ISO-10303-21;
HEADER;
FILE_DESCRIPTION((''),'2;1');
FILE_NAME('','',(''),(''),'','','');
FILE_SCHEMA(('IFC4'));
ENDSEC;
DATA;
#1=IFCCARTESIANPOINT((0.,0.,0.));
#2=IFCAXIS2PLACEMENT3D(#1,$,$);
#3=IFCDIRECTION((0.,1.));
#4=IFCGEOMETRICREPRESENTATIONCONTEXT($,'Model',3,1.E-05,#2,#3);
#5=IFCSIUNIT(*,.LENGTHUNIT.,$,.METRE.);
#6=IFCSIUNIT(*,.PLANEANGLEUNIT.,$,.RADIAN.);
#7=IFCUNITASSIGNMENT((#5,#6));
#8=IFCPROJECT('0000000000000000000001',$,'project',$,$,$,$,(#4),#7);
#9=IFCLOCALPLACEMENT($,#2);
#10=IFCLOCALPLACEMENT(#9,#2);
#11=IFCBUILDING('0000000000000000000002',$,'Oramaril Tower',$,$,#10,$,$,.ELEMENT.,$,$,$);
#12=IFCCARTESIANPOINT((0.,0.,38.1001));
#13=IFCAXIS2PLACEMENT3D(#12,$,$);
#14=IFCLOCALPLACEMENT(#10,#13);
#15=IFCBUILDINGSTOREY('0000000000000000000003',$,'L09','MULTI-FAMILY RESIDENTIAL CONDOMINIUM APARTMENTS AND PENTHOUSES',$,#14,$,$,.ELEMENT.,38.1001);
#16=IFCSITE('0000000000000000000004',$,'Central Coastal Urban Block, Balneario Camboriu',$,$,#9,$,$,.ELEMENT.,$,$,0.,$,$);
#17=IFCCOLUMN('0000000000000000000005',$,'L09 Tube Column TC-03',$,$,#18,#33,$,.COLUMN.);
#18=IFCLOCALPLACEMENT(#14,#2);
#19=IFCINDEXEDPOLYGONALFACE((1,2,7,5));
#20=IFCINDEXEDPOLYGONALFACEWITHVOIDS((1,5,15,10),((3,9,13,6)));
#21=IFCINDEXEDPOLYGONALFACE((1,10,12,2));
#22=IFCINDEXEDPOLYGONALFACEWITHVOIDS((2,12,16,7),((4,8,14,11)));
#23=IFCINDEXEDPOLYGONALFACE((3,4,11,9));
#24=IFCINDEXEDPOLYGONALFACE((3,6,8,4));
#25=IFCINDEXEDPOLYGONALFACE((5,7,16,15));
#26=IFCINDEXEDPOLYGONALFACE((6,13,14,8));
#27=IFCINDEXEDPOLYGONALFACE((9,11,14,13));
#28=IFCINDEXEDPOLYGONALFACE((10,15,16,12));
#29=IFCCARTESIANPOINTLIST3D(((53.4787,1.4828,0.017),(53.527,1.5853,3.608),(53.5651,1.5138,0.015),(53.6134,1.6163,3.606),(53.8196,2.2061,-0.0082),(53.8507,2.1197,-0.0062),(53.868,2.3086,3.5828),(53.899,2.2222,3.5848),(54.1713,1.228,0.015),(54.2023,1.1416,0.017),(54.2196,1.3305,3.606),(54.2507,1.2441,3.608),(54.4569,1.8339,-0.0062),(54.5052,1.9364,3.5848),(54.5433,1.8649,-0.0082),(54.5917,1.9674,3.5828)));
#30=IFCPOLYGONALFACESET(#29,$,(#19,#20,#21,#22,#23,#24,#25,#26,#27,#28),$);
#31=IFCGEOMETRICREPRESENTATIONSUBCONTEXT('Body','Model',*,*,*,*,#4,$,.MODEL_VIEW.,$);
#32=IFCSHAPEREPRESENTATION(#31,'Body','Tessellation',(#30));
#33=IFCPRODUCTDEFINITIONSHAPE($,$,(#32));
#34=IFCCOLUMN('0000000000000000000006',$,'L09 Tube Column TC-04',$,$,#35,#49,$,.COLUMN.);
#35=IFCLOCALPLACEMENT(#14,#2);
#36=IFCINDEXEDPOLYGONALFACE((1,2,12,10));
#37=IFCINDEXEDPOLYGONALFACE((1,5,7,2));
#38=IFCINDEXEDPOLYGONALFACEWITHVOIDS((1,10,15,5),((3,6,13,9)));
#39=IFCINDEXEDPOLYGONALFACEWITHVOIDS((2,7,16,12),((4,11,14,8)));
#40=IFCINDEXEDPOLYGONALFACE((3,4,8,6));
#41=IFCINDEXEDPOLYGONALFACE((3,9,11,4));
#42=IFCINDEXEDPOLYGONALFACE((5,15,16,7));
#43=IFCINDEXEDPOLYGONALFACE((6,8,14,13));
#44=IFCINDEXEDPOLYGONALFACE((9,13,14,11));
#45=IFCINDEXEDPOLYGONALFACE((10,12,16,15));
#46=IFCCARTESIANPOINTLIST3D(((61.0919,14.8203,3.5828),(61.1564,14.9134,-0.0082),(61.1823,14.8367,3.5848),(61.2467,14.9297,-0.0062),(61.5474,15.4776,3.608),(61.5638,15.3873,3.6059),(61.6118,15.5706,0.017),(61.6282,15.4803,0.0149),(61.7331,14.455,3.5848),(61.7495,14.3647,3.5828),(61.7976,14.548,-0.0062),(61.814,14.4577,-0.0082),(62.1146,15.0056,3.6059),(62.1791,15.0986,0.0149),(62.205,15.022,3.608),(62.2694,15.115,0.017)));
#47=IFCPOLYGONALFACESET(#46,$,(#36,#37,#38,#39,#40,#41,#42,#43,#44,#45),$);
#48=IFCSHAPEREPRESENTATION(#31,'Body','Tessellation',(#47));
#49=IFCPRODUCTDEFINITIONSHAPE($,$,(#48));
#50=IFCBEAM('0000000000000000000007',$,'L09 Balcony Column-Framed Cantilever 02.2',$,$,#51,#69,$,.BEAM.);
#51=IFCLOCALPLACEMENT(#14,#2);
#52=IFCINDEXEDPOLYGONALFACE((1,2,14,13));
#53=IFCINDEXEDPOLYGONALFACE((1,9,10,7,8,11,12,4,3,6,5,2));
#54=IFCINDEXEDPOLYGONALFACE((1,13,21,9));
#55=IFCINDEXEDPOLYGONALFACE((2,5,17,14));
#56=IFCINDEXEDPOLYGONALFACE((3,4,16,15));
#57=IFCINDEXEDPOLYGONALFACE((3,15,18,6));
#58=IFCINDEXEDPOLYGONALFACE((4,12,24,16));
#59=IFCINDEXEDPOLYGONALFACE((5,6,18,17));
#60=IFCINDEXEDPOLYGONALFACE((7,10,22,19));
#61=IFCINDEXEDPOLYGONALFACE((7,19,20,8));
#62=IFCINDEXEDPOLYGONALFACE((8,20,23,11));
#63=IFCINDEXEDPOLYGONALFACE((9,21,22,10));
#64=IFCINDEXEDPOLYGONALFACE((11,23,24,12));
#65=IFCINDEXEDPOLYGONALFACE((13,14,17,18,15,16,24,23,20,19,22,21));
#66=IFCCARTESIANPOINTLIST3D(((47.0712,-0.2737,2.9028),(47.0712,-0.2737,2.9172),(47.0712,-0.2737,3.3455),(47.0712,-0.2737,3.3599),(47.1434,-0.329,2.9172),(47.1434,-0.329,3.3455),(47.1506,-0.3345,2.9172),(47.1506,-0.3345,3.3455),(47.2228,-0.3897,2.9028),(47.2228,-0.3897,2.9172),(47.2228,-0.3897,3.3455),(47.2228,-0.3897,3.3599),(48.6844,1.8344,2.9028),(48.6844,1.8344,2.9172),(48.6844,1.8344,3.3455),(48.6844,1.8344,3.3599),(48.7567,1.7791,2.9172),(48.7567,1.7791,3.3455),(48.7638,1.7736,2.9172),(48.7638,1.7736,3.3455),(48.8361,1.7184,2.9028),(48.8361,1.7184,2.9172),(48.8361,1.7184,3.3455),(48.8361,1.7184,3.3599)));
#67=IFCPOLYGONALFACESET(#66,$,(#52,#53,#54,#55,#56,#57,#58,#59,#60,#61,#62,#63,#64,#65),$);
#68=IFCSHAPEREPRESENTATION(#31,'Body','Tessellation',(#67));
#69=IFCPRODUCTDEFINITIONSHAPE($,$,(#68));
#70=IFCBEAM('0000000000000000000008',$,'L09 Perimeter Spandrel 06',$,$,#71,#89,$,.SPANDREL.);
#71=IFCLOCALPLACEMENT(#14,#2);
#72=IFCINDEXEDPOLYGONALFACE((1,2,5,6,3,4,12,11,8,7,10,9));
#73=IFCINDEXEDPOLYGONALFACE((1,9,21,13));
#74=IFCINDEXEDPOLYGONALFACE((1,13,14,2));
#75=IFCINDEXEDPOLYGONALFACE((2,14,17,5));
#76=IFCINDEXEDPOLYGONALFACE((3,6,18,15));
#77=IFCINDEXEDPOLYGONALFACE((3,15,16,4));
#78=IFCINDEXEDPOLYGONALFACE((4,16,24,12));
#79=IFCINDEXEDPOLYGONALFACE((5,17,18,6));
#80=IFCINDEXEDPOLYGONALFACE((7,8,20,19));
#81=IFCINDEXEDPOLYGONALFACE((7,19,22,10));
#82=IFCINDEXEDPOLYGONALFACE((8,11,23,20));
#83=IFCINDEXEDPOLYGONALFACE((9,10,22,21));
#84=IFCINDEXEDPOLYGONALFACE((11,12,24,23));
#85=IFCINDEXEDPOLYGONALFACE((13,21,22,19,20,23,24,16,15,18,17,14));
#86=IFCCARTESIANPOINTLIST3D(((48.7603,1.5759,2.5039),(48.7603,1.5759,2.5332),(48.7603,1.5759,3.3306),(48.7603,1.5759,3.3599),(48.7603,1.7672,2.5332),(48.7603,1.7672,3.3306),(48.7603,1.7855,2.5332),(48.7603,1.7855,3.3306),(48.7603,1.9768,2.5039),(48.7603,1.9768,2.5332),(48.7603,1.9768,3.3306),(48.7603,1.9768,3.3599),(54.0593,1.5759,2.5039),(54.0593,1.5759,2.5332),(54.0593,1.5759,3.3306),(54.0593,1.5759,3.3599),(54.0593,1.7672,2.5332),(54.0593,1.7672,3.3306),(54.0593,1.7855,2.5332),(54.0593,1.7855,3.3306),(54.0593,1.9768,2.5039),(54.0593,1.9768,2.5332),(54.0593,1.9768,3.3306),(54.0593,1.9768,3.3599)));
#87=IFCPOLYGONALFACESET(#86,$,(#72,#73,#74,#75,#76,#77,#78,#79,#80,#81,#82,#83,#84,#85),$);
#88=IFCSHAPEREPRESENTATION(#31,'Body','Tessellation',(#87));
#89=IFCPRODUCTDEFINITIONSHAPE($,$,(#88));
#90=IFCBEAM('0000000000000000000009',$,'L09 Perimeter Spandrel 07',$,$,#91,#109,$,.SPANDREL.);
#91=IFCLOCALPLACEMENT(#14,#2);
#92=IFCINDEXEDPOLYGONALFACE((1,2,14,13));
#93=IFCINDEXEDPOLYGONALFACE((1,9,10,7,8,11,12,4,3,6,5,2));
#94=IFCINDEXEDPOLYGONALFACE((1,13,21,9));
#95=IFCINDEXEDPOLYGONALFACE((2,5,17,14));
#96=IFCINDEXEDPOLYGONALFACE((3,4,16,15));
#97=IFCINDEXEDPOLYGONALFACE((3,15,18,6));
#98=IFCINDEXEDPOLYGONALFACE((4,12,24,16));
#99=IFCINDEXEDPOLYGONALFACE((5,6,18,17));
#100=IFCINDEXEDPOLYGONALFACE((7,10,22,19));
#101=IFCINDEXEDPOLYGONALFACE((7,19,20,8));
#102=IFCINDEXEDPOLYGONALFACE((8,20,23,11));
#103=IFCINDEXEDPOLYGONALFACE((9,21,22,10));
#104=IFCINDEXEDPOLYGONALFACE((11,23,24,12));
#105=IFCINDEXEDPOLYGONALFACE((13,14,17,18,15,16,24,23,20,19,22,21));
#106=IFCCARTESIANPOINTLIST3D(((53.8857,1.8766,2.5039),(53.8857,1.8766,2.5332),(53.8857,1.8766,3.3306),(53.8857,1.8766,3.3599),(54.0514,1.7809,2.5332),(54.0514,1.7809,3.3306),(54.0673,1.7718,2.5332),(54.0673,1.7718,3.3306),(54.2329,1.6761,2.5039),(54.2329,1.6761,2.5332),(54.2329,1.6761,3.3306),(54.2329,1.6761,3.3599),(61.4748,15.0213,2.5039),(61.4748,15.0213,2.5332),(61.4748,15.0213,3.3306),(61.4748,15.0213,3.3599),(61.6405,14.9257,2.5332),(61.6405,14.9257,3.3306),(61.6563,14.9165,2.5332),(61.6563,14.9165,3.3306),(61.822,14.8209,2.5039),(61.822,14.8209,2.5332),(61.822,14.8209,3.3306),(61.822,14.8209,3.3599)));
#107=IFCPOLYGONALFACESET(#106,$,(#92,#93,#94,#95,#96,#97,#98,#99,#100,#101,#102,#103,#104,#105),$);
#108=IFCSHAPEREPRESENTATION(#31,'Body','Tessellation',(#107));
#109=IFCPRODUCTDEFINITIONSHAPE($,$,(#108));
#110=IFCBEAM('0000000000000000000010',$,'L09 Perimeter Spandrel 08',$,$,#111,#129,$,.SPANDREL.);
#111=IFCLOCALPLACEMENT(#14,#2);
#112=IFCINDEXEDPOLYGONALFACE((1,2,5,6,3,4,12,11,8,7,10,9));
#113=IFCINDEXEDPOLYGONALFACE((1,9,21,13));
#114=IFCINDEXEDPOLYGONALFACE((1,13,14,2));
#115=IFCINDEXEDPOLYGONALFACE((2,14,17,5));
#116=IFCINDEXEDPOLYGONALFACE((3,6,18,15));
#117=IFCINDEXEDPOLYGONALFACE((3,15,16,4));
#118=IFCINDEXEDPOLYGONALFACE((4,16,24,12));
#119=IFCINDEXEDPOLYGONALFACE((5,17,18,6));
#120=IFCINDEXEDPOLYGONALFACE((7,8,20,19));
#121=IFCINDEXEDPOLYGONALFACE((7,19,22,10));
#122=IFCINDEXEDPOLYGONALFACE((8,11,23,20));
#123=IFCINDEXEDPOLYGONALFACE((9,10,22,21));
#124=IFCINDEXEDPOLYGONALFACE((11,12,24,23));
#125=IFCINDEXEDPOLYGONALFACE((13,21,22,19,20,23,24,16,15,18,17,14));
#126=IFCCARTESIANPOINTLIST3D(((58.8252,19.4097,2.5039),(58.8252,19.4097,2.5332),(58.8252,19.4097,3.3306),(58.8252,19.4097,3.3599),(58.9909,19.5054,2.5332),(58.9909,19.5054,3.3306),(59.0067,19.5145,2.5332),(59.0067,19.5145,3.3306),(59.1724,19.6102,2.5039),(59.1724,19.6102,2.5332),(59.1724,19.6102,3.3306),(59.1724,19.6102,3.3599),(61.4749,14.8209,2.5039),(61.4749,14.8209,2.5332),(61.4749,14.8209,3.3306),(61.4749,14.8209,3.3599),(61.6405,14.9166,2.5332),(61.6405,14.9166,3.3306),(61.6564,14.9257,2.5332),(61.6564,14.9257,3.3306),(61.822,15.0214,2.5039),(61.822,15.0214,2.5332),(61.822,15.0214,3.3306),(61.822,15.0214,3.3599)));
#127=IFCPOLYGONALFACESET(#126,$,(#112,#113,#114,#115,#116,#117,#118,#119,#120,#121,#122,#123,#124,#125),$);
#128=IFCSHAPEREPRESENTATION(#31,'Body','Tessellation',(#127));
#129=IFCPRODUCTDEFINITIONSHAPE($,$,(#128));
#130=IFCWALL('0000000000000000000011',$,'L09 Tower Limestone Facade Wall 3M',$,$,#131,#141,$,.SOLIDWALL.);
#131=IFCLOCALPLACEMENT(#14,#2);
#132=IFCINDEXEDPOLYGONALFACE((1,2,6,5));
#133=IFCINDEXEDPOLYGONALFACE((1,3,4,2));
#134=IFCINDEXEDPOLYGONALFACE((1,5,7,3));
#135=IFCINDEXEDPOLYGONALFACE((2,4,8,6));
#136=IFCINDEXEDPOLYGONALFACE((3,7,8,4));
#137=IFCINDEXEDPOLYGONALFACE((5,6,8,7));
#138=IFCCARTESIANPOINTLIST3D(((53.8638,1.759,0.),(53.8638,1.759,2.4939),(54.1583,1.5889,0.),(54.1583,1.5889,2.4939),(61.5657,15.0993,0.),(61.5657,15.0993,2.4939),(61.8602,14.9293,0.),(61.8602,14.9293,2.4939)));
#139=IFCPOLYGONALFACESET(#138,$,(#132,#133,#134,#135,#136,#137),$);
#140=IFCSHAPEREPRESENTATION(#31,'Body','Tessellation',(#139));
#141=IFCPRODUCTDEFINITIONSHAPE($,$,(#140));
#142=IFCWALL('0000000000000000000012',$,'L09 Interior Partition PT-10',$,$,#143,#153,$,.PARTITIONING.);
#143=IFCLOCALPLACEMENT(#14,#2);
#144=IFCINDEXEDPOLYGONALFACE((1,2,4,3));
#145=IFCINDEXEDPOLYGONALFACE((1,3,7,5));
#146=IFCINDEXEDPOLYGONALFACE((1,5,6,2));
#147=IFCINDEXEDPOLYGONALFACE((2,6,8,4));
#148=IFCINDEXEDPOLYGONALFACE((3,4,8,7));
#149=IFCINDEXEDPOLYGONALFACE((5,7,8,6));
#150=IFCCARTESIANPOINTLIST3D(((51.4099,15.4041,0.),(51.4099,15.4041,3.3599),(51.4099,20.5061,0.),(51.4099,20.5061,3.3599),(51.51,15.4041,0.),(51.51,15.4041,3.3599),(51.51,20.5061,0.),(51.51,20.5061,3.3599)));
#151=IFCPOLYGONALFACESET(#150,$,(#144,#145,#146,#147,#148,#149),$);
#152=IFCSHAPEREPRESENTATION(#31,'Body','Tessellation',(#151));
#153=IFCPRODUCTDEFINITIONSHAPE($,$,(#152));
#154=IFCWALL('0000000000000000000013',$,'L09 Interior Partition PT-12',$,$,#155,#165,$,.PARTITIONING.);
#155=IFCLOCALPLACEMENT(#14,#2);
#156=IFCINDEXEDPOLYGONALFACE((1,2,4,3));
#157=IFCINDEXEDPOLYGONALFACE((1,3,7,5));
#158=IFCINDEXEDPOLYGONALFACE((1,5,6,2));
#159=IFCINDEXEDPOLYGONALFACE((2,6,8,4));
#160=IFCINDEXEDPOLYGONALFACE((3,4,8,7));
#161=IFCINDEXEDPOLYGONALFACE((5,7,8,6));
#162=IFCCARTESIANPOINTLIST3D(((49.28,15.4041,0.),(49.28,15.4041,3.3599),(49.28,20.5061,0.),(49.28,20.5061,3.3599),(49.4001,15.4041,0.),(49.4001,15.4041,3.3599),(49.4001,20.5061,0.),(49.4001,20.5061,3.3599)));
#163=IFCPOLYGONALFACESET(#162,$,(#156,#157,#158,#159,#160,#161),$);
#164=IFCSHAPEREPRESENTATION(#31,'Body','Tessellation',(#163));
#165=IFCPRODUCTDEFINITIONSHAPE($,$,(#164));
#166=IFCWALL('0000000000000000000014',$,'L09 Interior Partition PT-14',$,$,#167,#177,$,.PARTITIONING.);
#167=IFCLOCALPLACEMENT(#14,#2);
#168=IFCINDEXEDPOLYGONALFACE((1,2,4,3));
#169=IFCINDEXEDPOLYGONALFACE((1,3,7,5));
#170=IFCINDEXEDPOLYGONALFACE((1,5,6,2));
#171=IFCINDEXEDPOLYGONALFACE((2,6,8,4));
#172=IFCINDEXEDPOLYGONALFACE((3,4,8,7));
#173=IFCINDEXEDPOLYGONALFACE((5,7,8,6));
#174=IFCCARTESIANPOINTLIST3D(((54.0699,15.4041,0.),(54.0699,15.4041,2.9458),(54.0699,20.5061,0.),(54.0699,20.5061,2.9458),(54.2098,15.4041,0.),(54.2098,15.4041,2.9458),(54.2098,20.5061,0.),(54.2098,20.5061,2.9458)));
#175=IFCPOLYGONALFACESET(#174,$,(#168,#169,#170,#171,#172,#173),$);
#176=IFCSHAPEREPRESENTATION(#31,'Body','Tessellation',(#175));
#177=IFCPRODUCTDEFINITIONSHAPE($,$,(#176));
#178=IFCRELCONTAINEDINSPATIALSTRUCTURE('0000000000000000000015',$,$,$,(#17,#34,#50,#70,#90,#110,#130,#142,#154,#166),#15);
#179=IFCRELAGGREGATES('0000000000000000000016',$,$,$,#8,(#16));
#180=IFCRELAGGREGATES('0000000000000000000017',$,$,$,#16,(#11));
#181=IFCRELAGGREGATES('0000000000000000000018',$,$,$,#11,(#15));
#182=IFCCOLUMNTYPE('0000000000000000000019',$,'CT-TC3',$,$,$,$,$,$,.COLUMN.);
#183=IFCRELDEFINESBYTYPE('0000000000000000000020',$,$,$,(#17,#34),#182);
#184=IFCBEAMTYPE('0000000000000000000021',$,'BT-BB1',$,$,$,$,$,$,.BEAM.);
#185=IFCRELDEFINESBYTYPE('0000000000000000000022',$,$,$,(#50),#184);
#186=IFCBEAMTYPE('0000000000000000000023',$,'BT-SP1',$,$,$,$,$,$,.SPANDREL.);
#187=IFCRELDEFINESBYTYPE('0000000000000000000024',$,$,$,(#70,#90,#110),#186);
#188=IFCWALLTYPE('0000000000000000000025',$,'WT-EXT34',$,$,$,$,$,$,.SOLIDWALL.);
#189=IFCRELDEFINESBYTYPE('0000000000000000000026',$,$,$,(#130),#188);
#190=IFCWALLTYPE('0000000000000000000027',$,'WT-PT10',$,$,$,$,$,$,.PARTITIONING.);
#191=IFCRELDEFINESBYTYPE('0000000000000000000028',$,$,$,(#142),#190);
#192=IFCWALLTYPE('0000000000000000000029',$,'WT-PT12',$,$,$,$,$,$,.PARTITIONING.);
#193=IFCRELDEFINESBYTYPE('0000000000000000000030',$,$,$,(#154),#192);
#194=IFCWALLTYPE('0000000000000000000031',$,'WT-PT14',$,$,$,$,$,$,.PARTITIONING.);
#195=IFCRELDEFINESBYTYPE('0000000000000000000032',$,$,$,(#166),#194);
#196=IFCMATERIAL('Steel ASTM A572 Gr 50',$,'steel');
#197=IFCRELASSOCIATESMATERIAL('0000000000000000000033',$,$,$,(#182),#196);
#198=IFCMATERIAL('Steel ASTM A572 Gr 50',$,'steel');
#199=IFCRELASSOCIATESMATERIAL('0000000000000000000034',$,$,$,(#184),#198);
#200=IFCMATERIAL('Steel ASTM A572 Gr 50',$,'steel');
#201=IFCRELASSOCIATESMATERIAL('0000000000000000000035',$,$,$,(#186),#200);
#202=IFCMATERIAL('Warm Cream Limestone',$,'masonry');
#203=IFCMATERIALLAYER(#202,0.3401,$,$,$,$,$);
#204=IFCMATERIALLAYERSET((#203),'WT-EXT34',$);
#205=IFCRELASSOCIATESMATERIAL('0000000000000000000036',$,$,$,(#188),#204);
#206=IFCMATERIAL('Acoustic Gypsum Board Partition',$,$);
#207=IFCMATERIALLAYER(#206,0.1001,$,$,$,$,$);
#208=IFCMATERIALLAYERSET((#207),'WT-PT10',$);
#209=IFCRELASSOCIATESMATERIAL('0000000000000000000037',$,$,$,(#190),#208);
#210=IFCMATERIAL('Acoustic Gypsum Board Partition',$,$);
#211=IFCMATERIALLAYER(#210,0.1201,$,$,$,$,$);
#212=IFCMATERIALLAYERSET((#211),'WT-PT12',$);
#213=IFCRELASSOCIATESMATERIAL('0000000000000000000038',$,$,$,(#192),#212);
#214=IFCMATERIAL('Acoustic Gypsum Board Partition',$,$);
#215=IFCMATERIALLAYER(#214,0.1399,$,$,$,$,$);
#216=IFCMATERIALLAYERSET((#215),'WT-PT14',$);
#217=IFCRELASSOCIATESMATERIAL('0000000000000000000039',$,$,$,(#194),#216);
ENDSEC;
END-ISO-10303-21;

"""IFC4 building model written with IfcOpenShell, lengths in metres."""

from ifc_helpers import new_model, si_unit, direction, frame, frame_2d, origin, origin_2d, place, context, subcontext, project, spatial, rectangle, hollow_rectangle, i_section, extrude, material, layer, layer_set, material_profile, profile_set, type_object, element, save


model = new_model("IFC4")

# Units and contexts
model_context = context("Model", 3, precision=1e-05, world=origin(), true_north=direction((0.0, 1.0)))
body_context = subcontext(model_context, "Body", "Model", "MODEL_VIEW")
ifc_project = project(units=[si_unit("LENGTHUNIT", "METRE"), si_unit("PLANEANGLEUNIT", "RADIAN")], contexts=[model_context])

# Site, building, storey
site_placement = place(None, origin())
site = spatial("IfcSite", under=ifc_project, at=site_placement, Name="Central Coastal Urban Block, Balneario Camboriu", CompositionType="ELEMENT", RefElevation=0.0)
building_placement = place(site_placement, origin())
building = spatial("IfcBuilding", under=site, at=building_placement, Name="Oramaril Tower", CompositionType="ELEMENT")
storey_placement = place(building_placement, frame((0.0, 0.0, 38.1001)))
storey = spatial("IfcBuildingStorey", under=building, at=storey_placement, Name="L09", Description="MULTI-FAMILY RESIDENTIAL CONDOMINIUM APARTMENTS AND PENTHOUSES", CompositionType="ELEMENT", Elevation=38.1001)

# Columns
ifc_material_1 = material(Name="Steel ASTM A572 Gr 50", Category="steel")
ifc_material_profile_1 = material_profile(ifc_material_1, hollow_rectangle(XDim=0.8, YDim=0.8, WallThickness=0.0649, at=origin_2d()), Name="BOX800X800X65")
ifc_profile_set_1 = profile_set([ifc_material_profile_1], Name="Steel ASTM A572 Gr 50")
column_type = type_object("IfcColumnType", Name="CT-TC3", PredefinedType="COLUMN", material=ifc_profile_set_1)
for number, where, z_axis, x_axis, name in (
    (1, (54.011, 1.6738, 0.0044), (0.013454, 0.02854, 0.999502), (-0.904526, 0.426419, 0.0), "L09 Tube Column TC-03"),
    (2, (61.7129, 15.0142, 0.0044), (-0.017939, -0.02589, 0.999504), (0.821959, -0.569546, 0.0), "L09 Tube Column TC-04"),
):
    element("IfcColumn", number, at=place(storey_placement, frame(where, z_axis=z_axis, x_axis=x_axis)), inside=storey, type_object=column_type, Name=name, PredefinedType="COLUMN", context=body_context, shape_type="SweptSolid", body=[
        extrude(hollow_rectangle(XDim=0.8, YDim=0.8, WallThickness=0.0649, at=origin_2d()), origin(), (0.0, 0.0, 1.0), 3.5928),
    ])

# Beams
ifc_material_2 = material(Name="Steel ASTM A572 Gr 50", Category="steel")
ifc_material_profile_2 = material_profile(ifc_material_2, i_section(OverallWidth=0.1909, OverallDepth=0.457, WebThickness=0.009, FlangeThickness=0.0144, at=origin_2d()), Name="W18X50")
ifc_profile_set_2 = profile_set([ifc_material_profile_2], Name="Steel ASTM A572 Gr 50")
beam_type_1 = type_object("IfcBeamType", Name="BT-BB1", PredefinedType="BEAM", material=ifc_profile_set_2)
beam_1_placement = place(storey_placement, frame((48.7603, 1.7764, 3.1313), z_axis=(-0.607727, -0.794146, 0.0), x_axis=(0.794146, -0.607727, 0.0)))
element("IfcBeam", 3, at=beam_1_placement, inside=storey, type_object=beam_type_1, Name="L09 Balcony Column-Framed Cantilever 02.2", PredefinedType="BEAM", context=body_context, shape_type="SweptSolid", body=[
    extrude(i_section(OverallWidth=0.1909, OverallDepth=0.457, WebThickness=0.009, FlangeThickness=0.0144, at=origin_2d()), origin(), (0.0, 0.0, 1.0), 2.6545),
])
ifc_material_3 = material(Name="Steel ASTM A572 Gr 50", Category="steel")
ifc_material_profile_3 = material_profile(ifc_material_3, i_section(OverallWidth=0.4009, OverallDepth=0.856, WebThickness=0.0183, FlangeThickness=0.0293, at=origin_2d()), Name="W33X201")
ifc_profile_set_3 = profile_set([ifc_material_profile_3], Name="Steel ASTM A572 Gr 50")
beam_type_2 = type_object("IfcBeamType", Name="BT-SP1", PredefinedType="SPANDREL", material=ifc_profile_set_3)
beam_2_placement = place(storey_placement, frame((48.7603, 1.7764, 2.9319), z_axis=(1.0, 0.0, 0.0), x_axis=(0.0, 1.0, 0.0)))
element("IfcBeam", 4, at=beam_2_placement, inside=storey, type_object=beam_type_2, Name="L09 Perimeter Spandrel 06", PredefinedType="SPANDREL", context=body_context, shape_type="SweptSolid", body=[
    extrude(i_section(OverallWidth=0.4009, OverallDepth=0.856, WebThickness=0.0183, FlangeThickness=0.0293, at=origin_2d()), origin(), (0.0, 0.0, 1.0), 5.2991),
])
beam_3_placement = place(storey_placement, frame((54.0593, 1.7764, 2.9319), z_axis=(0.499999, 0.866026, 0.0), x_axis=(-0.866026, 0.499999, 0.0)))
element("IfcBeam", 5, at=beam_3_placement, inside=storey, type_object=beam_type_2, Name="L09 Perimeter Spandrel 07", PredefinedType="SPANDREL", context=body_context, shape_type="SweptSolid", body=[
    extrude(i_section(OverallWidth=0.4009, OverallDepth=0.856, WebThickness=0.0183, FlangeThickness=0.0293, at=origin_2d()), origin(), (0.0, 0.0, 1.0), 15.1782),
])
beam_4_placement = place(storey_placement, frame((61.6484, 14.9211, 2.9319), z_axis=(-0.500039, 0.866003, 0.0), x_axis=(-0.866003, -0.500039, 0.0)))
element("IfcBeam", 6, at=beam_4_placement, inside=storey, type_object=beam_type_2, Name="L09 Perimeter Spandrel 08", PredefinedType="SPANDREL", context=body_context, shape_type="SweptSolid", body=[
    extrude(i_section(OverallWidth=0.4009, OverallDepth=0.856, WebThickness=0.0183, FlangeThickness=0.0293, at=origin_2d()), origin(), (0.0, 0.0, 1.0), 5.2988),
])

# Wall
ifc_material_4 = material(Name="Warm Cream Limestone", Category="masonry")
ifc_layer_1 = layer(ifc_material_4, 0.3401)
ifc_layer_set_1 = layer_set([ifc_layer_1], Name="WT-EXT34")
wall_type_1 = type_object("IfcWallType", Name="WT-EXT34", PredefinedType="SOLIDWALL", material=ifc_layer_set_1)
wall_1_placement = place(storey_placement, frame((54.011, 1.6738, 0.0), z_axis=(0.0, 0.0, 1.0), x_axis=(0.499993, 0.866029, 0.0)))
element("IfcWall", 7, at=wall_1_placement, inside=storey, type_object=wall_type_1, Name="L09 Tower Limestone Facade Wall 3M", PredefinedType="SOLIDWALL", context=body_context, shape_type="SweptSolid", body=[
    extrude(rectangle(XDim=15.4041, YDim=0.3401, at=frame_2d((7.7021, 0.0))), origin(), (0.0, 0.0, 1.0), 2.4939),
])

# Walls
ifc_material_5 = material(Name="Acoustic Gypsum Board Partition")
ifc_layer_2 = layer(ifc_material_5, 0.1001)
ifc_layer_set_2 = layer_set([ifc_layer_2], Name="WT-PT10")
wall_type_2 = type_object("IfcWallType", Name="WT-PT10", PredefinedType="PARTITIONING", material=ifc_layer_set_2)
wall_2_placement = place(storey_placement, frame((51.46, 15.4041, 0.0), z_axis=(0.0, 0.0, 1.0), x_axis=(0.0, 1.0, 0.0)))
element("IfcWall", 8, at=wall_2_placement, inside=storey, type_object=wall_type_2, Name="L09 Interior Partition PT-10", PredefinedType="PARTITIONING", context=body_context, shape_type="SweptSolid", body=[
    extrude(rectangle(XDim=5.1021, YDim=0.1001, at=frame_2d((2.551, 0.0))), origin(), (0.0, 0.0, 1.0), 3.3599),
])
ifc_material_6 = material(Name="Acoustic Gypsum Board Partition")
ifc_layer_3 = layer(ifc_material_6, 0.1201)
ifc_layer_set_3 = layer_set([ifc_layer_3], Name="WT-PT12")
wall_type_3 = type_object("IfcWallType", Name="WT-PT12", PredefinedType="PARTITIONING", material=ifc_layer_set_3)
wall_3_placement = place(storey_placement, frame((49.3401, 15.4041, 0.0), z_axis=(0.0, 0.0, 1.0), x_axis=(0.0, 1.0, 0.0)))
element("IfcWall", 9, at=wall_3_placement, inside=storey, type_object=wall_type_3, Name="L09 Interior Partition PT-12", PredefinedType="PARTITIONING", context=body_context, shape_type="SweptSolid", body=[
    extrude(rectangle(XDim=5.1021, YDim=0.1201, at=frame_2d((2.551, 0.0))), origin(), (0.0, 0.0, 1.0), 3.3599),
])
ifc_material_7 = material(Name="Acoustic Gypsum Board Partition")
ifc_layer_4 = layer(ifc_material_7, 0.1399)
ifc_layer_set_4 = layer_set([ifc_layer_4], Name="WT-PT14")
wall_type_4 = type_object("IfcWallType", Name="WT-PT14", PredefinedType="PARTITIONING", material=ifc_layer_set_4)
wall_4_placement = place(storey_placement, frame((54.1399, 15.4041, 0.0), z_axis=(0.0, 0.0, 1.0), x_axis=(0.0, 1.0, 0.0)))
element("IfcWall", 10, at=wall_4_placement, inside=storey, type_object=wall_type_4, Name="L09 Interior Partition PT-14", PredefinedType="PARTITIONING", context=body_context, shape_type="SweptSolid", body=[
    extrude(rectangle(XDim=5.1021, YDim=0.1399, at=frame_2d((2.551, 0.0))), origin(), (0.0, 0.0, 1.0), 2.9458),
])

save(model, "model.ifc")
